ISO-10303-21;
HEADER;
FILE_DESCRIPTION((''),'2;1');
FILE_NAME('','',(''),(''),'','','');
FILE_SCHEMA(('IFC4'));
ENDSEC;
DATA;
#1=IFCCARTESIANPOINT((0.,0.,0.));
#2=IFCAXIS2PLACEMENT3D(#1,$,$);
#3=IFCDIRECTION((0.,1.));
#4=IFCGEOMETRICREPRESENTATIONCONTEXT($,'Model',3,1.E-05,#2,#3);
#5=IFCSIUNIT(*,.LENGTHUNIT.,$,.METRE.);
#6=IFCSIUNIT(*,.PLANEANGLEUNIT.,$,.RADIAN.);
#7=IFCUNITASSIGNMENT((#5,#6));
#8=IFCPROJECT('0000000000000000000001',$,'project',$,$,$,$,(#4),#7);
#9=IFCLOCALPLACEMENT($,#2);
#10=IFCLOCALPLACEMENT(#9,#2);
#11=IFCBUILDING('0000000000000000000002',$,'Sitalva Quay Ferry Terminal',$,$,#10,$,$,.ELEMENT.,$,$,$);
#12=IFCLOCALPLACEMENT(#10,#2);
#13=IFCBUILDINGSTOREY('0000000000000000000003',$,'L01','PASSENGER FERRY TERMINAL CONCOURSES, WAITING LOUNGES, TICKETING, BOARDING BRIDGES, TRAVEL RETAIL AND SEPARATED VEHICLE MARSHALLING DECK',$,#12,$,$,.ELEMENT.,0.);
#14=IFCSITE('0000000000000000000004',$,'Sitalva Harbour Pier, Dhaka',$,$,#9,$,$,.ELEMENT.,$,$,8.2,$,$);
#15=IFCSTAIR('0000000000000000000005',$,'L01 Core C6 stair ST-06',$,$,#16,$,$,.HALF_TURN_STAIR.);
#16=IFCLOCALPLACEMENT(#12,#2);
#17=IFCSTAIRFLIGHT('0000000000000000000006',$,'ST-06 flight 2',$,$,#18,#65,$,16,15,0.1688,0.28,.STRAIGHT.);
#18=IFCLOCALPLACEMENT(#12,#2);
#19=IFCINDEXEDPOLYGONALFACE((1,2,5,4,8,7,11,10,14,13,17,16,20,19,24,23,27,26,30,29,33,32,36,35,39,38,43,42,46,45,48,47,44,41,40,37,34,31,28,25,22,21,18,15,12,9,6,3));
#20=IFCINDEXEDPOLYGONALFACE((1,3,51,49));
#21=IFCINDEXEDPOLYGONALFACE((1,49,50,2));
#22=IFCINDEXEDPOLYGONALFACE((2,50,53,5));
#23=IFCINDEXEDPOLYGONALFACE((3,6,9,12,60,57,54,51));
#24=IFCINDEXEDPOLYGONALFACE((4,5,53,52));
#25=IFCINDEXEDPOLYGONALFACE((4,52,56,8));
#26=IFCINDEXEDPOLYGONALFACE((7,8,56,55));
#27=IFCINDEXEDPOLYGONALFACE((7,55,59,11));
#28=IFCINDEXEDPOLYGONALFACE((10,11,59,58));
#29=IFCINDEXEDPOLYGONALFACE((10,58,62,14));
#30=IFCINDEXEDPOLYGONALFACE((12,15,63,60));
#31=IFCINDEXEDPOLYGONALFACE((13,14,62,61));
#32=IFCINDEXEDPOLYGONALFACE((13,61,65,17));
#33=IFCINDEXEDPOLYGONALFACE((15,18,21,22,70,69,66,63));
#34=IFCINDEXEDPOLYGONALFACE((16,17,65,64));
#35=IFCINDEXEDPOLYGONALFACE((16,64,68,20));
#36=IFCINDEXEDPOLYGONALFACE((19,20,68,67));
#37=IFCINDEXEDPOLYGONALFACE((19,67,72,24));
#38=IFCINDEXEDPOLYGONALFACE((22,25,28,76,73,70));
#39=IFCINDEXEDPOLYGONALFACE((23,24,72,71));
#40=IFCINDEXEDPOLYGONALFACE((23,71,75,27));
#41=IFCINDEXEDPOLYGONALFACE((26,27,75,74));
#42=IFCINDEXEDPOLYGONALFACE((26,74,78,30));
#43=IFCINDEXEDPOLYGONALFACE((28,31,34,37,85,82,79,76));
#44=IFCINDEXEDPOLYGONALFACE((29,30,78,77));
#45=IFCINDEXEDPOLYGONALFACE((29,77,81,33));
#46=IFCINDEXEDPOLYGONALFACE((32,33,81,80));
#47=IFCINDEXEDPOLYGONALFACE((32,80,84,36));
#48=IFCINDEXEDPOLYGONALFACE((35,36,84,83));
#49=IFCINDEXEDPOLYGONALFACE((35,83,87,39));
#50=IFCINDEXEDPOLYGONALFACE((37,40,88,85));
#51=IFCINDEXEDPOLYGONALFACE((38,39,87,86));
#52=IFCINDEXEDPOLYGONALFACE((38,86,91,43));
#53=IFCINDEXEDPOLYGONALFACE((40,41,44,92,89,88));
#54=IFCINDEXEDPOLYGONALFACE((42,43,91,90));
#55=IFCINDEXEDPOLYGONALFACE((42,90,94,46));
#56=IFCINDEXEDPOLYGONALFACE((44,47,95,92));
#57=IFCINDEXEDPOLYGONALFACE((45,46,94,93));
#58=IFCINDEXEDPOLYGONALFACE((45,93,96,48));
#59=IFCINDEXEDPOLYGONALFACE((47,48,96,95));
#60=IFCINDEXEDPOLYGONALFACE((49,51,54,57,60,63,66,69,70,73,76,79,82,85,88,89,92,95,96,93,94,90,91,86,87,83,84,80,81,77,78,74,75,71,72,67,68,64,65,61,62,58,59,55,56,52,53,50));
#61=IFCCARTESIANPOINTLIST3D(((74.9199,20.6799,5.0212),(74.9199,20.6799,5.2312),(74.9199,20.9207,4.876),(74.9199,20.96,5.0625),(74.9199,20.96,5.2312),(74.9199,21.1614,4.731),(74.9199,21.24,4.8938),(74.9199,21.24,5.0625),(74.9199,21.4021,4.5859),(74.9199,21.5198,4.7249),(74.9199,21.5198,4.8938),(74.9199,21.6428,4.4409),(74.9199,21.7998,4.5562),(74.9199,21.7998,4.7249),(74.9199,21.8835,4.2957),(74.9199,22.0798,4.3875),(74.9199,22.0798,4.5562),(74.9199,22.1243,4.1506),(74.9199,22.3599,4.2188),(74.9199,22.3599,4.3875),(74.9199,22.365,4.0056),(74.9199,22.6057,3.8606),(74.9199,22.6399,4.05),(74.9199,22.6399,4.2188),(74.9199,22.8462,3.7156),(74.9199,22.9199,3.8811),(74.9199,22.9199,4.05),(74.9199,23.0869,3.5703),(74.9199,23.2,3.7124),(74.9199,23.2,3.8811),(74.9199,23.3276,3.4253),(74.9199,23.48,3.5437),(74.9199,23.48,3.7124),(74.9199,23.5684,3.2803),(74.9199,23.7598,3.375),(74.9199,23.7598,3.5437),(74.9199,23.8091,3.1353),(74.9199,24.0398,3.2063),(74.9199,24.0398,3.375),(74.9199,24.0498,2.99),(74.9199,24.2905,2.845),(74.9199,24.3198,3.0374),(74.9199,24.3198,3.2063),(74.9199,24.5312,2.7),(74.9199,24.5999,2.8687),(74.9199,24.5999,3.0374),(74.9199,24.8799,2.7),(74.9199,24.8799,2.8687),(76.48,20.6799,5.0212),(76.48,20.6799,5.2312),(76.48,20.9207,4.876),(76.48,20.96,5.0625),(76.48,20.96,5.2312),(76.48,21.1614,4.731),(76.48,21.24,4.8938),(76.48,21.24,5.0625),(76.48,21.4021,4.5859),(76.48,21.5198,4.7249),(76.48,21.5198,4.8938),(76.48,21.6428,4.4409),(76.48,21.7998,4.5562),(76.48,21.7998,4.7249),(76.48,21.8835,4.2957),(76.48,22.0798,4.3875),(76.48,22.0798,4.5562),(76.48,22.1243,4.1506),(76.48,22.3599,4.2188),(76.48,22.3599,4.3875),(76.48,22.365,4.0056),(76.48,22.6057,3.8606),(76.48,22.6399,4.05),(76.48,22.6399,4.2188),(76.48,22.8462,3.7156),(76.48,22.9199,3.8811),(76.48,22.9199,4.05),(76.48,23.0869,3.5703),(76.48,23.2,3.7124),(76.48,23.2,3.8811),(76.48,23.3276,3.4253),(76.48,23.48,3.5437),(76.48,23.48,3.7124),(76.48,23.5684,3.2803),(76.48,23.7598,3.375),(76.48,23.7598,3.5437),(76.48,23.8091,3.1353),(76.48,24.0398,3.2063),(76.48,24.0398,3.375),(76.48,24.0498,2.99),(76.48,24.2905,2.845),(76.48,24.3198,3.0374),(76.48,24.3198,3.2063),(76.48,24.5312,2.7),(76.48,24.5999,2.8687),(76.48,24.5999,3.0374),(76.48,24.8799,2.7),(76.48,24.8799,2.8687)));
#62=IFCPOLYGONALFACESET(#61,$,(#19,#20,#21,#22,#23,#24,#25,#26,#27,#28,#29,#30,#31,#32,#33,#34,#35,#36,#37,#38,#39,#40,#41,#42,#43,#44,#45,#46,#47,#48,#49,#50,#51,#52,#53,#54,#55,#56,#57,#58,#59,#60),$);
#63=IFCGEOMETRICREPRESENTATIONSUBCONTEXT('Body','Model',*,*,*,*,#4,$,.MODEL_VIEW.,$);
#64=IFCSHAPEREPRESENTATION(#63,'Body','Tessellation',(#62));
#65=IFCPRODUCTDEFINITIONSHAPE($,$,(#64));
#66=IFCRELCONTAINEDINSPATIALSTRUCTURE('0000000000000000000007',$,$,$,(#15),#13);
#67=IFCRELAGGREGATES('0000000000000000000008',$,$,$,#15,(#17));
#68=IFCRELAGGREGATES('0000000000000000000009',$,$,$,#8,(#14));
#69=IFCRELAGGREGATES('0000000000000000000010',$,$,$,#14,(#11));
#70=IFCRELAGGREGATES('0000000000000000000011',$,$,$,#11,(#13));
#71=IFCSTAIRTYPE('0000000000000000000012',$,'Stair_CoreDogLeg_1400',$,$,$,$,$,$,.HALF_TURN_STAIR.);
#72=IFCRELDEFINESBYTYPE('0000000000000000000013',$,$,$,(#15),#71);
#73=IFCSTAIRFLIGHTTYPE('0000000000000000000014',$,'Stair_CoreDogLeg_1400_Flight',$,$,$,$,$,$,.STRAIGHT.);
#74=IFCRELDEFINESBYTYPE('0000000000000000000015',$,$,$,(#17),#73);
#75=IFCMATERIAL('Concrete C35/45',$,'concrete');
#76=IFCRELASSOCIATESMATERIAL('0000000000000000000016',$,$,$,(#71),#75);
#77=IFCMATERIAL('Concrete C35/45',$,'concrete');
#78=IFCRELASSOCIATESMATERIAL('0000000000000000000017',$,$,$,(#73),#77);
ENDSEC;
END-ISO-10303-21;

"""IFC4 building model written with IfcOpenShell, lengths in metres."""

from ifc_helpers import new_model, si_unit, direction, frame, origin, place, context, subcontext, project, spatial, polyline, outline, extrude, material, type_object, element, aggregate, save


model = new_model("IFC4")

# Units and contexts
model_context = context("Model", 3, precision=1e-05, world=origin(), true_north=direction((0.0, 1.0)))
body_context = subcontext(model_context, "Body", "Model", "MODEL_VIEW")
ifc_project = project(units=[si_unit("LENGTHUNIT", "METRE"), si_unit("PLANEANGLEUNIT", "RADIAN")], contexts=[model_context])

# Site, building, storey
site_placement = place(None, origin())
site = spatial("IfcSite", under=ifc_project, at=site_placement, Name="Sitalva Harbour Pier, Dhaka", CompositionType="ELEMENT", RefElevation=8.2)
building_placement = place(site_placement, origin())
building = spatial("IfcBuilding", under=site, at=building_placement, Name="Sitalva Quay Ferry Terminal", CompositionType="ELEMENT")
storey_placement = place(building_placement, origin())
storey = spatial("IfcBuildingStorey", under=building, at=storey_placement, Name="L01", Description="PASSENGER FERRY TERMINAL CONCOURSES, WAITING LOUNGES, TICKETING, BOARDING BRIDGES, TRAVEL RETAIL AND SEPARATED VEHICLE MARSHALLING DECK", CompositionType="ELEMENT", Elevation=0.0)

# Stair, stair flight
ifc_material_1 = material(Name="Concrete C35/45", Category="concrete")
stair_type = type_object("IfcStairType", Name="Stair_CoreDogLeg_1400", PredefinedType="HALF_TURN_STAIR", material=ifc_material_1)
stair_placement = place(storey_placement, origin())
stair = element("IfcStair", 1, at=stair_placement, inside=storey, type_object=stair_type, Name="L01 Core C6 stair ST-06", PredefinedType="HALF_TURN_STAIR")
ifc_material_2 = material(Name="Concrete C35/45", Category="concrete")
stair_flight_type = type_object("IfcStairFlightType", Name="Stair_CoreDogLeg_1400_Flight", PredefinedType="STRAIGHT", material=ifc_material_2)
stair_flight_1_placement = place(storey_placement, frame((75.7, 24.8799, 2.7), z_axis=(0.0, 0.0, 1.0), x_axis=(0.0, -1.0, 0.0)))
stair_flight_1 = element("IfcStairFlight", 2, at=stair_flight_1_placement, type_object=stair_flight_type, Name="ST-06 flight 2", NumberOfRisers=16, NumberOfTreads=15, PredefinedType="STRAIGHT", RiserHeight=0.1688, TreadLength=0.28, context=body_context, shape_type="SweptSolid", body=[
    extrude(outline(polyline([(0.0, 0.0), (0.0, 0.1687), (0.28, 0.1687), (0.28, 0.3374), (0.5601, 0.3374), (0.5601, 0.5063), (0.8401, 0.5063), (0.8401, 0.675), (1.1201, 0.675), (1.1201, 0.8438), (1.3999, 0.8438), (1.3999, 1.0125), (1.6799, 1.0125), (1.6799, 1.1812), (1.96, 1.1812), (1.96, 1.3501), (2.24, 1.3501), (2.24, 1.5188), (2.52, 1.5188), (2.52, 1.6875), (2.8, 1.6875), (2.8, 1.8562), (3.0801, 1.8562), (3.0801, 2.0249), (3.3601, 2.0249), (3.3601, 2.1938), (3.6399, 2.1938), (3.6399, 2.3625), (3.9199, 2.3625), (3.9199, 2.5312), (4.2, 2.5312), (4.2, 2.7), (4.2, 2.3213), (3.9592, 2.176), (3.7185, 2.031), (3.4778, 1.886), (3.2371, 1.741), (2.9963, 1.5957), (2.7556, 1.4507), (2.5149, 1.3057), (2.2742, 1.1606), (2.0337, 1.0156), (1.793, 0.8704), (1.5522, 0.7253), (1.3115, 0.5803), (1.0708, 0.4353), (0.8301, 0.29), (0.5894, 0.145), (0.3486, 0.0), (0.0, 0.0)])), frame((0.0, 0.78, 0.0), z_axis=(0.0, -1.0, 0.0), x_axis=(1.0, 0.0, 0.0)), (0.0, 0.0, 1.0), 1.5601),
])
aggregate(stair, [stair_flight_1])

save(model, "model.ifc")
